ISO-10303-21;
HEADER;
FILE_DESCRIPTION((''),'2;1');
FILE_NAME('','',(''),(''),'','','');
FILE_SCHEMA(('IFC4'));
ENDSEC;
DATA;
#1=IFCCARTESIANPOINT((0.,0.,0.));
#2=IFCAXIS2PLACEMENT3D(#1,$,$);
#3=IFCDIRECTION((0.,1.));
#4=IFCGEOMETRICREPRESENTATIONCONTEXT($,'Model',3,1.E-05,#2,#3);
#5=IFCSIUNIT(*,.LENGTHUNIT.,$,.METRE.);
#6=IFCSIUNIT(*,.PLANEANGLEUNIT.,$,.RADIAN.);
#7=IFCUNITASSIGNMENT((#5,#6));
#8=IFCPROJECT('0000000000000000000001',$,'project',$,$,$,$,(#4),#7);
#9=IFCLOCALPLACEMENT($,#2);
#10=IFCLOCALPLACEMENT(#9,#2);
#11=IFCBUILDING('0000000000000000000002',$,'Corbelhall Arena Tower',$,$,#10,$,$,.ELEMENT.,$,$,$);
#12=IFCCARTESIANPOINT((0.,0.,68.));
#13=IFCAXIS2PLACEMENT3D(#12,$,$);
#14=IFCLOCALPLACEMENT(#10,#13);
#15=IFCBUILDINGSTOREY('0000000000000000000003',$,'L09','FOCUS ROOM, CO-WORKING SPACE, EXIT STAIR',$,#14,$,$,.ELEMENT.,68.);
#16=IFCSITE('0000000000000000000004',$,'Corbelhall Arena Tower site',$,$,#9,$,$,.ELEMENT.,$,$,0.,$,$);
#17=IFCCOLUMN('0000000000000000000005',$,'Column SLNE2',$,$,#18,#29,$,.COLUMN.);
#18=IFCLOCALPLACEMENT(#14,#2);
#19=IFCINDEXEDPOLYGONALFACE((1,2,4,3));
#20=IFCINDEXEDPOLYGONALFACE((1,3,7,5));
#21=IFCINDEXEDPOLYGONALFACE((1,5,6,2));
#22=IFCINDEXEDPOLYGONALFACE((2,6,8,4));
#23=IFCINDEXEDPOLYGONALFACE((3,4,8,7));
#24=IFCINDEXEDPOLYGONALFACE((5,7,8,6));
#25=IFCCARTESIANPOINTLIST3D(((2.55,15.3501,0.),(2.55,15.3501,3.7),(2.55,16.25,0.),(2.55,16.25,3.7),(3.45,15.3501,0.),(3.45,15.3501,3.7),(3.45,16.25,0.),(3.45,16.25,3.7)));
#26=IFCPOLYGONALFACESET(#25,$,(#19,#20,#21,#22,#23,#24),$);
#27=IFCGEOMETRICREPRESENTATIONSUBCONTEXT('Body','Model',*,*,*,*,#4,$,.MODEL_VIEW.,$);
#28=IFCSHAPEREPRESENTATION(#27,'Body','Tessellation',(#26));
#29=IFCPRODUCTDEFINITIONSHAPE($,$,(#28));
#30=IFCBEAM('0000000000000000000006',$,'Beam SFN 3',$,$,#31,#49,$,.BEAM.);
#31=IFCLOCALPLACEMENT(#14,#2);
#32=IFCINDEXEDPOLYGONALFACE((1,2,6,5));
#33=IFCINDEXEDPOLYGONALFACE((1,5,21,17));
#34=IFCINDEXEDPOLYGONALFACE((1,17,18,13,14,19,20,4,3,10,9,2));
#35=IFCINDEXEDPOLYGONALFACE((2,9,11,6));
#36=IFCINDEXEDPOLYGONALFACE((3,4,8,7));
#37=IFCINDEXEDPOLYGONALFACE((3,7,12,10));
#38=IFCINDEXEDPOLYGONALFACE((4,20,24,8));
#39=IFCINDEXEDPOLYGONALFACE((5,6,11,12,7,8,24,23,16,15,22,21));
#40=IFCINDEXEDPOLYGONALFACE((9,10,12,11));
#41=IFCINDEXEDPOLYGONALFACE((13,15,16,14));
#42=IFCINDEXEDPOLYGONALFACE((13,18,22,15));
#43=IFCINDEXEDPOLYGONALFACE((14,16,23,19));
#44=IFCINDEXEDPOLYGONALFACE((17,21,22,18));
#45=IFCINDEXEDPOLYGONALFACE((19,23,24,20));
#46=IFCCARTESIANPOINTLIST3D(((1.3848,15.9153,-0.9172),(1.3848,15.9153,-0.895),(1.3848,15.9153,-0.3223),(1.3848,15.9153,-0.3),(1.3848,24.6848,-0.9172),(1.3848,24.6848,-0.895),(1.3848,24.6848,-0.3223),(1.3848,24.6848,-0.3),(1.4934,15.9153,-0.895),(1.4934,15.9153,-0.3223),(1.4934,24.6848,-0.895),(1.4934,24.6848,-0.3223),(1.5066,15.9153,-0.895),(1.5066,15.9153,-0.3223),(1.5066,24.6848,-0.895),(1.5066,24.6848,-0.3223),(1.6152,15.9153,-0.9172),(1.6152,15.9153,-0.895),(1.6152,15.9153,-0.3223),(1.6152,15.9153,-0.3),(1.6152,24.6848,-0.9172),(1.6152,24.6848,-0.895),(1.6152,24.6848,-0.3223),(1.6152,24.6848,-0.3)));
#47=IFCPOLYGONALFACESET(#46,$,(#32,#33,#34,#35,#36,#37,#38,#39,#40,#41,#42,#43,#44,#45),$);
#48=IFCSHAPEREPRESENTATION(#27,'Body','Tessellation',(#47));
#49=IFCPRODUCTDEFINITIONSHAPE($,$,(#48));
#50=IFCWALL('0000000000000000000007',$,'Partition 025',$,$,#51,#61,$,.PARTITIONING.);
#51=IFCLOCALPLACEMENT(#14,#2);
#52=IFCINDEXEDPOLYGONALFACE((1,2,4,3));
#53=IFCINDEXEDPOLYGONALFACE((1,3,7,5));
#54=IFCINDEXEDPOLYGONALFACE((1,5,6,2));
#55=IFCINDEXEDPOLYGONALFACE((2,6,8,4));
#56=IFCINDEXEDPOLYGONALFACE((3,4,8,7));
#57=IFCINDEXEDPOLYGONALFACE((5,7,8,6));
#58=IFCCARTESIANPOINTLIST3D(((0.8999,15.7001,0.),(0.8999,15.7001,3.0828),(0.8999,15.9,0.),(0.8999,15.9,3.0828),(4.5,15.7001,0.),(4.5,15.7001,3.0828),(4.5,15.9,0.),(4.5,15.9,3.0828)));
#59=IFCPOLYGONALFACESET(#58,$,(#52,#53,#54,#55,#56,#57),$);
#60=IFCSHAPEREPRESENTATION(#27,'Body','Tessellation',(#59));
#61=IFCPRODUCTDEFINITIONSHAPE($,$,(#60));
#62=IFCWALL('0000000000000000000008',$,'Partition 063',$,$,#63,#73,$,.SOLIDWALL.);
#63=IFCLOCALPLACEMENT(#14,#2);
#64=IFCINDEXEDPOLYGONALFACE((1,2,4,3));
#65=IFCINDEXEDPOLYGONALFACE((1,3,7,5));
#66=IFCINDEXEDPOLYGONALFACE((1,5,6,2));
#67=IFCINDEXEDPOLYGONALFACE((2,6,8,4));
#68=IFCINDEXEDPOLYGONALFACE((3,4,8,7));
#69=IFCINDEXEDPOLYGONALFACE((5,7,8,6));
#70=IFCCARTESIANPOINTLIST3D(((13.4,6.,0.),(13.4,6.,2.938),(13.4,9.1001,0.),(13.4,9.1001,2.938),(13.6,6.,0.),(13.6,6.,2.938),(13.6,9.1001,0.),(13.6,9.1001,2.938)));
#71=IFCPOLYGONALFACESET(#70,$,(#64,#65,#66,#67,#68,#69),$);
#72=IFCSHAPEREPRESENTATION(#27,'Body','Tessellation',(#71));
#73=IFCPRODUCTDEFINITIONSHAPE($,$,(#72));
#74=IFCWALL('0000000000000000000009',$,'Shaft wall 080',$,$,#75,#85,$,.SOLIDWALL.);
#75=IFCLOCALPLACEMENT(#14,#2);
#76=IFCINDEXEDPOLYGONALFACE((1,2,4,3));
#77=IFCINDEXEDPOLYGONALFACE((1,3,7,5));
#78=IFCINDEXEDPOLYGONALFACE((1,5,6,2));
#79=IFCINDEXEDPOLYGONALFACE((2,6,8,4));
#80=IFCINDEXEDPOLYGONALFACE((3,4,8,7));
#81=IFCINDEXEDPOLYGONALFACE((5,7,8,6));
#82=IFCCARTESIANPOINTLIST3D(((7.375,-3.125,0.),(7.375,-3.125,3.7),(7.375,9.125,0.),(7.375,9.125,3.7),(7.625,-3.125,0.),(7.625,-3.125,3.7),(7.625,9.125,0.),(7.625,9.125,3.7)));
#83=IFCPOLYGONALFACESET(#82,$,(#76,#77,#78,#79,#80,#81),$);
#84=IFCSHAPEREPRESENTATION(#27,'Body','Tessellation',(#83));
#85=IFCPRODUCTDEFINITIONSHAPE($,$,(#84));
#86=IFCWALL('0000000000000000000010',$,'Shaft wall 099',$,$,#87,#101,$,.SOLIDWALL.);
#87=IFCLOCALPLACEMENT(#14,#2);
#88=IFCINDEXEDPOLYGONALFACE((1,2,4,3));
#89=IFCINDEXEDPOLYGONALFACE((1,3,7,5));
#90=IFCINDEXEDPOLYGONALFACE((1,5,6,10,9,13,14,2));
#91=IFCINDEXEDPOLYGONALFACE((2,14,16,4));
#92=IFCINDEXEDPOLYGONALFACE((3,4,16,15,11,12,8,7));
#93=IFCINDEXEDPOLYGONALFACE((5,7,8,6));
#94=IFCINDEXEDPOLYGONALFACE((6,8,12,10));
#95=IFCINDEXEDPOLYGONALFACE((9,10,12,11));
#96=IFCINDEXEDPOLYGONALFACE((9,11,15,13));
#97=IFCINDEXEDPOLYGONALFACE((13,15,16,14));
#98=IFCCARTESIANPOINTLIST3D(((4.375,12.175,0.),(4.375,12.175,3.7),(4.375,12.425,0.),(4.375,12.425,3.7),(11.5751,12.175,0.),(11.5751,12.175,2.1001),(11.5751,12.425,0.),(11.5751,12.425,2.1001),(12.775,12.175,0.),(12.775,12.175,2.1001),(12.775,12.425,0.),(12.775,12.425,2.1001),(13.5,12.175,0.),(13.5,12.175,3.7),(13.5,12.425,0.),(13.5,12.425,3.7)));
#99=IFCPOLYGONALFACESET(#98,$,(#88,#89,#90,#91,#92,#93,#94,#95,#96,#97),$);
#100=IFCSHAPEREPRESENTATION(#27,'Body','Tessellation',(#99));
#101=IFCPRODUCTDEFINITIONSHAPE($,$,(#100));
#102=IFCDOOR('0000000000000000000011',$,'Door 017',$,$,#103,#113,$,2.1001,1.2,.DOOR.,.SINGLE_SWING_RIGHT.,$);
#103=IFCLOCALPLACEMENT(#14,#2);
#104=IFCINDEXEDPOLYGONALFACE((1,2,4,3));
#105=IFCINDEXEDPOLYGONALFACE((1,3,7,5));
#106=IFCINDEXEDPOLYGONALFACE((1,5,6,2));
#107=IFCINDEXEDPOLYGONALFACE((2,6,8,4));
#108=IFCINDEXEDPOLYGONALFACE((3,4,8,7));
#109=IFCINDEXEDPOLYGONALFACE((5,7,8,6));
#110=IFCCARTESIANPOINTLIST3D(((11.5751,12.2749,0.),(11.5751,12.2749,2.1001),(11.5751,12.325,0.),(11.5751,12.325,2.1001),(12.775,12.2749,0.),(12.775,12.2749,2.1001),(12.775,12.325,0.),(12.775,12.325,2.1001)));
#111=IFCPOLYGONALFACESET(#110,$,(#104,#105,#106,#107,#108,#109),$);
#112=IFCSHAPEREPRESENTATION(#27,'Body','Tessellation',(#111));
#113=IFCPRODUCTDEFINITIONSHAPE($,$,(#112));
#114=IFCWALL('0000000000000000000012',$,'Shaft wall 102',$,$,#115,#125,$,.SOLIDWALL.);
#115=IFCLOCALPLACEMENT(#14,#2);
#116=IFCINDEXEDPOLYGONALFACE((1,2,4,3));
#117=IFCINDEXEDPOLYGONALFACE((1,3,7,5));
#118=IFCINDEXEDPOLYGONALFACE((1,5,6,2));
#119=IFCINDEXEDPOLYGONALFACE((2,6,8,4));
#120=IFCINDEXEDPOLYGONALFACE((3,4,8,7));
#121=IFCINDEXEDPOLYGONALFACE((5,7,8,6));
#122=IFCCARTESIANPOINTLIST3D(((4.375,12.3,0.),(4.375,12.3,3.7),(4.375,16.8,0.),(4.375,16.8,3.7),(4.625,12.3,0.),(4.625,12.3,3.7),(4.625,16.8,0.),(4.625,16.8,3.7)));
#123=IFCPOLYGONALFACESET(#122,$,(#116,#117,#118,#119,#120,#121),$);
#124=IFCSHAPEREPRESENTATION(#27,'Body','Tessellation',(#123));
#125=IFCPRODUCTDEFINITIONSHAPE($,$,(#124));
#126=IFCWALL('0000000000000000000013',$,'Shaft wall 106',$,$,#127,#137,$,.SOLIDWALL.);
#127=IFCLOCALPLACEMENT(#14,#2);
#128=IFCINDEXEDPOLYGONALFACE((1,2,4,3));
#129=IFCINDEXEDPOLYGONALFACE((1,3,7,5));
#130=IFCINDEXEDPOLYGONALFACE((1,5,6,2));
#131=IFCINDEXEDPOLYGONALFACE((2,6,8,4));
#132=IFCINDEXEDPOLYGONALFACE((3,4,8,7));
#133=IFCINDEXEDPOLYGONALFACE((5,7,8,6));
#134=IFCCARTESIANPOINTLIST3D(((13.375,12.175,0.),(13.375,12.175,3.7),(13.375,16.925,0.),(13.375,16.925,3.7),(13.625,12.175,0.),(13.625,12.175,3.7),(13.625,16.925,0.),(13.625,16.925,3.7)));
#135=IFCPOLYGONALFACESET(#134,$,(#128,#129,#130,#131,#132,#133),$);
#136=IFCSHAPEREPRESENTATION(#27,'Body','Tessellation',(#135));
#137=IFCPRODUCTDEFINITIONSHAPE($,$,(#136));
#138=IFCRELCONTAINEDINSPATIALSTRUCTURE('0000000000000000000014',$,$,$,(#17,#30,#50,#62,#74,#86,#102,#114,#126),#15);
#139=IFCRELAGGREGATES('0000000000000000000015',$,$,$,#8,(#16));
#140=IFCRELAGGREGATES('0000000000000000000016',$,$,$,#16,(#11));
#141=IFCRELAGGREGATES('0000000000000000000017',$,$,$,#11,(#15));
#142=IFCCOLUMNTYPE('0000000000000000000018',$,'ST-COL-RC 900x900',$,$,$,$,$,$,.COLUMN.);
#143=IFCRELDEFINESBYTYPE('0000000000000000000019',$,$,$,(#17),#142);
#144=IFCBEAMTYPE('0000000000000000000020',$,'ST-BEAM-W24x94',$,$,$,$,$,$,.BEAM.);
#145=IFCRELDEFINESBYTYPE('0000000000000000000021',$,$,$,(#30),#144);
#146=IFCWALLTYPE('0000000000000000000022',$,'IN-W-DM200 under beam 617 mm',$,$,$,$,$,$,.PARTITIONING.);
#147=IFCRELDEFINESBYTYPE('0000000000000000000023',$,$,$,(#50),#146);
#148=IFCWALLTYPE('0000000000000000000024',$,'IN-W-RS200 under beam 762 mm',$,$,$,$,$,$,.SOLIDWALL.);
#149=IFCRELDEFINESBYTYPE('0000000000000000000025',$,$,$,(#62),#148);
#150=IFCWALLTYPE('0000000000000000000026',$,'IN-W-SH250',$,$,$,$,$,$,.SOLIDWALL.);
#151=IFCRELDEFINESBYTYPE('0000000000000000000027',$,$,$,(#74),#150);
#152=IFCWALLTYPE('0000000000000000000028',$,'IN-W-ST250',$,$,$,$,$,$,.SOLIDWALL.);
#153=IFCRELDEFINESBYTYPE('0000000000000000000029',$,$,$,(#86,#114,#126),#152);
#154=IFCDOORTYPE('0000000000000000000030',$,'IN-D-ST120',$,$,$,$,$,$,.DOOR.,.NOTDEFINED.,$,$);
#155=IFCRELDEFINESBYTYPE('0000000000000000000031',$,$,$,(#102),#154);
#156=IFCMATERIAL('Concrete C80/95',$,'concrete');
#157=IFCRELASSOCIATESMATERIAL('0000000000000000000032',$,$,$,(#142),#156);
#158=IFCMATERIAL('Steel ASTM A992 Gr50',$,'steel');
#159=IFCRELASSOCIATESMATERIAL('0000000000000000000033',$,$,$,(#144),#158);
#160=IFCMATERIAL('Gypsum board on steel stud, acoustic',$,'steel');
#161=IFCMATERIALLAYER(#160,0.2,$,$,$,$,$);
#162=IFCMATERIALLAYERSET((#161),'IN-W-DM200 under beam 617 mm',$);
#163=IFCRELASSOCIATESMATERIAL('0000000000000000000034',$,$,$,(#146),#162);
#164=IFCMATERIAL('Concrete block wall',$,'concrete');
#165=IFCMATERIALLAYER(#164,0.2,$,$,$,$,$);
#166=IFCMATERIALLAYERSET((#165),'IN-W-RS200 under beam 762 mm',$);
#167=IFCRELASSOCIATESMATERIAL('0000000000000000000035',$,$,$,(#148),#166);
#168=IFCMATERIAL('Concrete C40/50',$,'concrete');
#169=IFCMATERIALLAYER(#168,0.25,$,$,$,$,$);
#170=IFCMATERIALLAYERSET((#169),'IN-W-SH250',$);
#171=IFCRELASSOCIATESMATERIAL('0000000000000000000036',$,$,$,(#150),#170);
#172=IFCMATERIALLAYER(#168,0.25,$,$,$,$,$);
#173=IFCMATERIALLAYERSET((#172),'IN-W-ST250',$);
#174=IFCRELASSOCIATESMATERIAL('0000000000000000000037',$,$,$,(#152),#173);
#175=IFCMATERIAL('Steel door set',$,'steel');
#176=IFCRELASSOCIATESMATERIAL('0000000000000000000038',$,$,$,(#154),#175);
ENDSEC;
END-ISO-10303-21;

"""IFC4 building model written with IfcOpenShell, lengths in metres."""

from ifc_helpers import new_model, si_unit, direction, frame, frame_2d, origin, origin_2d, place, context, subcontext, project, spatial, rectangle, i_section, extrude, material, layer, layer_set, material_profile, profile_set, type_object, element, fill, save


model = new_model("IFC4")

# Units and contexts
model_context = context("Model", 3, precision=1e-05, world=origin(), true_north=direction((0.0, 1.0)))
body_context = subcontext(model_context, "Body", "Model", "MODEL_VIEW")
ifc_project = project(units=[si_unit("LENGTHUNIT", "METRE"), si_unit("PLANEANGLEUNIT", "RADIAN")], contexts=[model_context])

# Site, building, storey
site_placement = place(None, origin())
site = spatial("IfcSite", under=ifc_project, at=site_placement, Name="Corbelhall Arena Tower site", CompositionType="ELEMENT", RefElevation=0.0)
building_placement = place(site_placement, origin())
building = spatial("IfcBuilding", under=site, at=building_placement, Name="Corbelhall Arena Tower", CompositionType="ELEMENT")
storey_placement = place(building_placement, frame((0.0, 0.0, 68.0)))
storey = spatial("IfcBuildingStorey", under=building, at=storey_placement, Name="L09", Description="FOCUS ROOM, CO-WORKING SPACE, EXIT STAIR", CompositionType="ELEMENT", Elevation=68.0)

# Column
ifc_material_1 = material(Name="Concrete C80/95", Category="concrete")
ifc_material_profile_1 = material_profile(ifc_material_1, rectangle(XDim=0.8999, YDim=0.8999, at=origin_2d()))
ifc_profile_set_1 = profile_set([ifc_material_profile_1], Name="Concrete C80/95")
column_type = type_object("IfcColumnType", Name="ST-COL-RC 900x900", PredefinedType="COLUMN", material=ifc_profile_set_1)
column_placement = place(storey_placement, frame((3.0, 15.8, 0.0), z_axis=(0.0, 0.0, 1.0), x_axis=(1.0, 0.0, 0.0)))
element("IfcColumn", 1, at=column_placement, inside=storey, type_object=column_type, Name="Column SLNE2", PredefinedType="COLUMN", context=body_context, shape_type="SweptSolid", body=[
    extrude(rectangle(XDim=0.8999, YDim=0.8999, at=origin_2d()), origin(), (0.0, 0.0, 1.0), 3.7),
])

# Beam
ifc_material_2 = material(Name="Steel ASTM A992 Gr50", Category="steel")
ifc_material_profile_2 = material_profile(ifc_material_2, i_section(OverallWidth=0.2305, OverallDepth=0.6172, WebThickness=0.0132, FlangeThickness=0.0222, at=origin_2d()))
ifc_profile_set_2 = profile_set([ifc_material_profile_2], Name="Steel ASTM A992 Gr50")
beam_type = type_object("IfcBeamType", Name="ST-BEAM-W24x94", PredefinedType="BEAM", material=ifc_profile_set_2)
beam_placement = place(storey_placement, frame((1.5, 15.9153, -0.6086), z_axis=(0.0, 1.0, 0.0), x_axis=(-1.0, 0.0, 0.0)))
element("IfcBeam", 2, at=beam_placement, inside=storey, type_object=beam_type, Name="Beam SFN 3", PredefinedType="BEAM", context=body_context, shape_type="SweptSolid", body=[
    extrude(i_section(OverallWidth=0.2305, OverallDepth=0.6172, WebThickness=0.0132, FlangeThickness=0.0222, at=origin_2d()), origin(), (0.0, 0.0, 1.0), 8.7695),
])

# Shared definitions
ifc_material_3 = material(Name="Gypsum board on steel stud, acoustic", Category="steel")
ifc_material_4 = material(Name="Steel door set", Category="steel")

# Wall
ifc_layer_1 = layer(ifc_material_3, 0.2)
ifc_layer_set_1 = layer_set([ifc_layer_1], Name="IN-W-DM200 under beam 617 mm")
wall_type_1 = type_object("IfcWallType", Name="IN-W-DM200 under beam 617 mm", PredefinedType="PARTITIONING", material=ifc_layer_set_1)
wall_1_placement = place(storey_placement, frame((0.8999, 15.8, 0.0), z_axis=(0.0, 0.0, 1.0), x_axis=(1.0, 0.0, 0.0)))
element("IfcWall", 3, at=wall_1_placement, inside=storey, type_object=wall_type_1, Name="Partition 025", PredefinedType="PARTITIONING", context=body_context, shape_type="SweptSolid", body=[
    extrude(rectangle(XDim=3.6001, YDim=0.2, at=frame_2d((1.8, 0.0))), origin(), (0.0, 0.0, 1.0), 3.0828),
])

# Shared definitions
ifc_material_5 = material(Name="Concrete block wall", Category="concrete")

# Walls
ifc_layer_2 = layer(ifc_material_5, 0.2)
ifc_layer_set_2 = layer_set([ifc_layer_2], Name="IN-W-RS200 under beam 762 mm")
wall_type_2 = type_object("IfcWallType", Name="IN-W-RS200 under beam 762 mm", PredefinedType="SOLIDWALL", material=ifc_layer_set_2)
wall_2_placement = place(storey_placement, frame((13.5, 9.1001, 0.0), z_axis=(0.0, 0.0, 1.0), x_axis=(0.0, -1.0, 0.0)))
element("IfcWall", 4, at=wall_2_placement, inside=storey, type_object=wall_type_2, Name="Partition 063", PredefinedType="SOLIDWALL", context=body_context, shape_type="SweptSolid", body=[
    extrude(rectangle(XDim=3.1001, YDim=0.2, at=frame_2d((1.55, 0.0))), origin(), (0.0, 0.0, 1.0), 2.938),
])
ifc_material_6 = material(Name="Concrete C40/50", Category="concrete")
ifc_layer_3 = layer(ifc_material_6, 0.25)
ifc_layer_set_3 = layer_set([ifc_layer_3], Name="IN-W-SH250")
wall_type_3 = type_object("IfcWallType", Name="IN-W-SH250", PredefinedType="SOLIDWALL", material=ifc_layer_set_3)
wall_3_placement = place(storey_placement, frame((7.5, 9.125, 0.0), z_axis=(0.0, 0.0, 1.0), x_axis=(0.0, -1.0, 0.0)))
element("IfcWall", 5, at=wall_3_placement, inside=storey, type_object=wall_type_3, Name="Shaft wall 080", PredefinedType="SOLIDWALL", context=body_context, shape_type="SweptSolid", body=[
    extrude(rectangle(XDim=12.25, YDim=0.25, at=frame_2d((6.125, 0.0))), origin(), (0.0, 0.0, 1.0), 3.7),
])

# Wall, opening, door
ifc_layer_4 = layer(ifc_material_6, 0.25)
ifc_layer_set_4 = layer_set([ifc_layer_4], Name="IN-W-ST250")
wall_type_4 = type_object("IfcWallType", Name="IN-W-ST250", PredefinedType="SOLIDWALL", material=ifc_layer_set_4)
wall_4_placement = place(storey_placement, frame((4.375, 12.3, 0.0), z_axis=(0.0, 0.0, 1.0), x_axis=(1.0, 0.0, 0.0)))
wall_4 = element("IfcWall", 6, at=wall_4_placement, inside=storey, type_object=wall_type_4, Name="Shaft wall 099", PredefinedType="SOLIDWALL", context=body_context, shape_type="SweptSolid", body=[
    extrude(rectangle(XDim=9.125, YDim=0.25, at=frame_2d((4.5625, 0.0))), origin(), (0.0, 0.0, 1.0), 3.7),
])
opening_1_placement = place(wall_4_placement, frame((7.2, 0.0, 0.0)))
opening_1 = element("IfcOpeningElement", 7, at=opening_1_placement, cuts=wall_4, PredefinedType="OPENING", context=body_context, shape_type="SweptSolid", body=[
    extrude(rectangle(XDim=1.2, YDim=2.1001, at=frame_2d((0.6001, 1.05))), frame((0.0, 0.125, 0.0), z_axis=(0.0, -1.0, 0.0), x_axis=(1.0, 0.0, 0.0)), (0.0, 0.0, 1.0), 0.25),
])
door_type_1 = type_object("IfcDoorType", Name="IN-D-ST120", OperationType="NOTDEFINED", PredefinedType="DOOR", material=ifc_material_4)
door_1_placement = place(opening_1_placement, origin())
door_1 = element("IfcDoor", 8, at=door_1_placement, inside=storey, type_object=door_type_1, Name="Door 017", OperationType="SINGLE_SWING_RIGHT", OverallHeight=2.1001, OverallWidth=1.2, PredefinedType="DOOR", context=body_context, shape_type="SweptSolid", body=[
    extrude(rectangle(XDim=1.2, YDim=2.1001, at=frame_2d((0.6001, 1.05))), frame((0.0, 0.0249, 0.0), z_axis=(0.0, -1.0, 0.0), x_axis=(1.0, 0.0, 0.0)), (0.0, 0.0, 1.0), 0.05),
])
fill(opening_1, door_1)

# Walls
wall_5_placement = place(storey_placement, frame((4.5, 12.3, 0.0), z_axis=(0.0, 0.0, 1.0), x_axis=(0.0, 1.0, 0.0)))
element("IfcWall", 9, at=wall_5_placement, inside=storey, type_object=wall_type_4, Name="Shaft wall 102", PredefinedType="SOLIDWALL", context=body_context, shape_type="SweptSolid", body=[
    extrude(rectangle(XDim=4.5, YDim=0.25, at=frame_2d((2.25, 0.0))), origin(), (0.0, 0.0, 1.0), 3.7),
])
wall_6_placement = place(storey_placement, frame((13.5, 12.175, 0.0), z_axis=(0.0, 0.0, 1.0), x_axis=(0.0, 1.0, 0.0)))
element("IfcWall", 10, at=wall_6_placement, inside=storey, type_object=wall_type_4, Name="Shaft wall 106", PredefinedType="SOLIDWALL", context=body_context, shape_type="SweptSolid", body=[
    extrude(rectangle(XDim=4.75, YDim=0.25, at=frame_2d((2.375, 0.0))), origin(), (0.0, 0.0, 1.0), 3.7),
])

save(model, "model.ifc")
